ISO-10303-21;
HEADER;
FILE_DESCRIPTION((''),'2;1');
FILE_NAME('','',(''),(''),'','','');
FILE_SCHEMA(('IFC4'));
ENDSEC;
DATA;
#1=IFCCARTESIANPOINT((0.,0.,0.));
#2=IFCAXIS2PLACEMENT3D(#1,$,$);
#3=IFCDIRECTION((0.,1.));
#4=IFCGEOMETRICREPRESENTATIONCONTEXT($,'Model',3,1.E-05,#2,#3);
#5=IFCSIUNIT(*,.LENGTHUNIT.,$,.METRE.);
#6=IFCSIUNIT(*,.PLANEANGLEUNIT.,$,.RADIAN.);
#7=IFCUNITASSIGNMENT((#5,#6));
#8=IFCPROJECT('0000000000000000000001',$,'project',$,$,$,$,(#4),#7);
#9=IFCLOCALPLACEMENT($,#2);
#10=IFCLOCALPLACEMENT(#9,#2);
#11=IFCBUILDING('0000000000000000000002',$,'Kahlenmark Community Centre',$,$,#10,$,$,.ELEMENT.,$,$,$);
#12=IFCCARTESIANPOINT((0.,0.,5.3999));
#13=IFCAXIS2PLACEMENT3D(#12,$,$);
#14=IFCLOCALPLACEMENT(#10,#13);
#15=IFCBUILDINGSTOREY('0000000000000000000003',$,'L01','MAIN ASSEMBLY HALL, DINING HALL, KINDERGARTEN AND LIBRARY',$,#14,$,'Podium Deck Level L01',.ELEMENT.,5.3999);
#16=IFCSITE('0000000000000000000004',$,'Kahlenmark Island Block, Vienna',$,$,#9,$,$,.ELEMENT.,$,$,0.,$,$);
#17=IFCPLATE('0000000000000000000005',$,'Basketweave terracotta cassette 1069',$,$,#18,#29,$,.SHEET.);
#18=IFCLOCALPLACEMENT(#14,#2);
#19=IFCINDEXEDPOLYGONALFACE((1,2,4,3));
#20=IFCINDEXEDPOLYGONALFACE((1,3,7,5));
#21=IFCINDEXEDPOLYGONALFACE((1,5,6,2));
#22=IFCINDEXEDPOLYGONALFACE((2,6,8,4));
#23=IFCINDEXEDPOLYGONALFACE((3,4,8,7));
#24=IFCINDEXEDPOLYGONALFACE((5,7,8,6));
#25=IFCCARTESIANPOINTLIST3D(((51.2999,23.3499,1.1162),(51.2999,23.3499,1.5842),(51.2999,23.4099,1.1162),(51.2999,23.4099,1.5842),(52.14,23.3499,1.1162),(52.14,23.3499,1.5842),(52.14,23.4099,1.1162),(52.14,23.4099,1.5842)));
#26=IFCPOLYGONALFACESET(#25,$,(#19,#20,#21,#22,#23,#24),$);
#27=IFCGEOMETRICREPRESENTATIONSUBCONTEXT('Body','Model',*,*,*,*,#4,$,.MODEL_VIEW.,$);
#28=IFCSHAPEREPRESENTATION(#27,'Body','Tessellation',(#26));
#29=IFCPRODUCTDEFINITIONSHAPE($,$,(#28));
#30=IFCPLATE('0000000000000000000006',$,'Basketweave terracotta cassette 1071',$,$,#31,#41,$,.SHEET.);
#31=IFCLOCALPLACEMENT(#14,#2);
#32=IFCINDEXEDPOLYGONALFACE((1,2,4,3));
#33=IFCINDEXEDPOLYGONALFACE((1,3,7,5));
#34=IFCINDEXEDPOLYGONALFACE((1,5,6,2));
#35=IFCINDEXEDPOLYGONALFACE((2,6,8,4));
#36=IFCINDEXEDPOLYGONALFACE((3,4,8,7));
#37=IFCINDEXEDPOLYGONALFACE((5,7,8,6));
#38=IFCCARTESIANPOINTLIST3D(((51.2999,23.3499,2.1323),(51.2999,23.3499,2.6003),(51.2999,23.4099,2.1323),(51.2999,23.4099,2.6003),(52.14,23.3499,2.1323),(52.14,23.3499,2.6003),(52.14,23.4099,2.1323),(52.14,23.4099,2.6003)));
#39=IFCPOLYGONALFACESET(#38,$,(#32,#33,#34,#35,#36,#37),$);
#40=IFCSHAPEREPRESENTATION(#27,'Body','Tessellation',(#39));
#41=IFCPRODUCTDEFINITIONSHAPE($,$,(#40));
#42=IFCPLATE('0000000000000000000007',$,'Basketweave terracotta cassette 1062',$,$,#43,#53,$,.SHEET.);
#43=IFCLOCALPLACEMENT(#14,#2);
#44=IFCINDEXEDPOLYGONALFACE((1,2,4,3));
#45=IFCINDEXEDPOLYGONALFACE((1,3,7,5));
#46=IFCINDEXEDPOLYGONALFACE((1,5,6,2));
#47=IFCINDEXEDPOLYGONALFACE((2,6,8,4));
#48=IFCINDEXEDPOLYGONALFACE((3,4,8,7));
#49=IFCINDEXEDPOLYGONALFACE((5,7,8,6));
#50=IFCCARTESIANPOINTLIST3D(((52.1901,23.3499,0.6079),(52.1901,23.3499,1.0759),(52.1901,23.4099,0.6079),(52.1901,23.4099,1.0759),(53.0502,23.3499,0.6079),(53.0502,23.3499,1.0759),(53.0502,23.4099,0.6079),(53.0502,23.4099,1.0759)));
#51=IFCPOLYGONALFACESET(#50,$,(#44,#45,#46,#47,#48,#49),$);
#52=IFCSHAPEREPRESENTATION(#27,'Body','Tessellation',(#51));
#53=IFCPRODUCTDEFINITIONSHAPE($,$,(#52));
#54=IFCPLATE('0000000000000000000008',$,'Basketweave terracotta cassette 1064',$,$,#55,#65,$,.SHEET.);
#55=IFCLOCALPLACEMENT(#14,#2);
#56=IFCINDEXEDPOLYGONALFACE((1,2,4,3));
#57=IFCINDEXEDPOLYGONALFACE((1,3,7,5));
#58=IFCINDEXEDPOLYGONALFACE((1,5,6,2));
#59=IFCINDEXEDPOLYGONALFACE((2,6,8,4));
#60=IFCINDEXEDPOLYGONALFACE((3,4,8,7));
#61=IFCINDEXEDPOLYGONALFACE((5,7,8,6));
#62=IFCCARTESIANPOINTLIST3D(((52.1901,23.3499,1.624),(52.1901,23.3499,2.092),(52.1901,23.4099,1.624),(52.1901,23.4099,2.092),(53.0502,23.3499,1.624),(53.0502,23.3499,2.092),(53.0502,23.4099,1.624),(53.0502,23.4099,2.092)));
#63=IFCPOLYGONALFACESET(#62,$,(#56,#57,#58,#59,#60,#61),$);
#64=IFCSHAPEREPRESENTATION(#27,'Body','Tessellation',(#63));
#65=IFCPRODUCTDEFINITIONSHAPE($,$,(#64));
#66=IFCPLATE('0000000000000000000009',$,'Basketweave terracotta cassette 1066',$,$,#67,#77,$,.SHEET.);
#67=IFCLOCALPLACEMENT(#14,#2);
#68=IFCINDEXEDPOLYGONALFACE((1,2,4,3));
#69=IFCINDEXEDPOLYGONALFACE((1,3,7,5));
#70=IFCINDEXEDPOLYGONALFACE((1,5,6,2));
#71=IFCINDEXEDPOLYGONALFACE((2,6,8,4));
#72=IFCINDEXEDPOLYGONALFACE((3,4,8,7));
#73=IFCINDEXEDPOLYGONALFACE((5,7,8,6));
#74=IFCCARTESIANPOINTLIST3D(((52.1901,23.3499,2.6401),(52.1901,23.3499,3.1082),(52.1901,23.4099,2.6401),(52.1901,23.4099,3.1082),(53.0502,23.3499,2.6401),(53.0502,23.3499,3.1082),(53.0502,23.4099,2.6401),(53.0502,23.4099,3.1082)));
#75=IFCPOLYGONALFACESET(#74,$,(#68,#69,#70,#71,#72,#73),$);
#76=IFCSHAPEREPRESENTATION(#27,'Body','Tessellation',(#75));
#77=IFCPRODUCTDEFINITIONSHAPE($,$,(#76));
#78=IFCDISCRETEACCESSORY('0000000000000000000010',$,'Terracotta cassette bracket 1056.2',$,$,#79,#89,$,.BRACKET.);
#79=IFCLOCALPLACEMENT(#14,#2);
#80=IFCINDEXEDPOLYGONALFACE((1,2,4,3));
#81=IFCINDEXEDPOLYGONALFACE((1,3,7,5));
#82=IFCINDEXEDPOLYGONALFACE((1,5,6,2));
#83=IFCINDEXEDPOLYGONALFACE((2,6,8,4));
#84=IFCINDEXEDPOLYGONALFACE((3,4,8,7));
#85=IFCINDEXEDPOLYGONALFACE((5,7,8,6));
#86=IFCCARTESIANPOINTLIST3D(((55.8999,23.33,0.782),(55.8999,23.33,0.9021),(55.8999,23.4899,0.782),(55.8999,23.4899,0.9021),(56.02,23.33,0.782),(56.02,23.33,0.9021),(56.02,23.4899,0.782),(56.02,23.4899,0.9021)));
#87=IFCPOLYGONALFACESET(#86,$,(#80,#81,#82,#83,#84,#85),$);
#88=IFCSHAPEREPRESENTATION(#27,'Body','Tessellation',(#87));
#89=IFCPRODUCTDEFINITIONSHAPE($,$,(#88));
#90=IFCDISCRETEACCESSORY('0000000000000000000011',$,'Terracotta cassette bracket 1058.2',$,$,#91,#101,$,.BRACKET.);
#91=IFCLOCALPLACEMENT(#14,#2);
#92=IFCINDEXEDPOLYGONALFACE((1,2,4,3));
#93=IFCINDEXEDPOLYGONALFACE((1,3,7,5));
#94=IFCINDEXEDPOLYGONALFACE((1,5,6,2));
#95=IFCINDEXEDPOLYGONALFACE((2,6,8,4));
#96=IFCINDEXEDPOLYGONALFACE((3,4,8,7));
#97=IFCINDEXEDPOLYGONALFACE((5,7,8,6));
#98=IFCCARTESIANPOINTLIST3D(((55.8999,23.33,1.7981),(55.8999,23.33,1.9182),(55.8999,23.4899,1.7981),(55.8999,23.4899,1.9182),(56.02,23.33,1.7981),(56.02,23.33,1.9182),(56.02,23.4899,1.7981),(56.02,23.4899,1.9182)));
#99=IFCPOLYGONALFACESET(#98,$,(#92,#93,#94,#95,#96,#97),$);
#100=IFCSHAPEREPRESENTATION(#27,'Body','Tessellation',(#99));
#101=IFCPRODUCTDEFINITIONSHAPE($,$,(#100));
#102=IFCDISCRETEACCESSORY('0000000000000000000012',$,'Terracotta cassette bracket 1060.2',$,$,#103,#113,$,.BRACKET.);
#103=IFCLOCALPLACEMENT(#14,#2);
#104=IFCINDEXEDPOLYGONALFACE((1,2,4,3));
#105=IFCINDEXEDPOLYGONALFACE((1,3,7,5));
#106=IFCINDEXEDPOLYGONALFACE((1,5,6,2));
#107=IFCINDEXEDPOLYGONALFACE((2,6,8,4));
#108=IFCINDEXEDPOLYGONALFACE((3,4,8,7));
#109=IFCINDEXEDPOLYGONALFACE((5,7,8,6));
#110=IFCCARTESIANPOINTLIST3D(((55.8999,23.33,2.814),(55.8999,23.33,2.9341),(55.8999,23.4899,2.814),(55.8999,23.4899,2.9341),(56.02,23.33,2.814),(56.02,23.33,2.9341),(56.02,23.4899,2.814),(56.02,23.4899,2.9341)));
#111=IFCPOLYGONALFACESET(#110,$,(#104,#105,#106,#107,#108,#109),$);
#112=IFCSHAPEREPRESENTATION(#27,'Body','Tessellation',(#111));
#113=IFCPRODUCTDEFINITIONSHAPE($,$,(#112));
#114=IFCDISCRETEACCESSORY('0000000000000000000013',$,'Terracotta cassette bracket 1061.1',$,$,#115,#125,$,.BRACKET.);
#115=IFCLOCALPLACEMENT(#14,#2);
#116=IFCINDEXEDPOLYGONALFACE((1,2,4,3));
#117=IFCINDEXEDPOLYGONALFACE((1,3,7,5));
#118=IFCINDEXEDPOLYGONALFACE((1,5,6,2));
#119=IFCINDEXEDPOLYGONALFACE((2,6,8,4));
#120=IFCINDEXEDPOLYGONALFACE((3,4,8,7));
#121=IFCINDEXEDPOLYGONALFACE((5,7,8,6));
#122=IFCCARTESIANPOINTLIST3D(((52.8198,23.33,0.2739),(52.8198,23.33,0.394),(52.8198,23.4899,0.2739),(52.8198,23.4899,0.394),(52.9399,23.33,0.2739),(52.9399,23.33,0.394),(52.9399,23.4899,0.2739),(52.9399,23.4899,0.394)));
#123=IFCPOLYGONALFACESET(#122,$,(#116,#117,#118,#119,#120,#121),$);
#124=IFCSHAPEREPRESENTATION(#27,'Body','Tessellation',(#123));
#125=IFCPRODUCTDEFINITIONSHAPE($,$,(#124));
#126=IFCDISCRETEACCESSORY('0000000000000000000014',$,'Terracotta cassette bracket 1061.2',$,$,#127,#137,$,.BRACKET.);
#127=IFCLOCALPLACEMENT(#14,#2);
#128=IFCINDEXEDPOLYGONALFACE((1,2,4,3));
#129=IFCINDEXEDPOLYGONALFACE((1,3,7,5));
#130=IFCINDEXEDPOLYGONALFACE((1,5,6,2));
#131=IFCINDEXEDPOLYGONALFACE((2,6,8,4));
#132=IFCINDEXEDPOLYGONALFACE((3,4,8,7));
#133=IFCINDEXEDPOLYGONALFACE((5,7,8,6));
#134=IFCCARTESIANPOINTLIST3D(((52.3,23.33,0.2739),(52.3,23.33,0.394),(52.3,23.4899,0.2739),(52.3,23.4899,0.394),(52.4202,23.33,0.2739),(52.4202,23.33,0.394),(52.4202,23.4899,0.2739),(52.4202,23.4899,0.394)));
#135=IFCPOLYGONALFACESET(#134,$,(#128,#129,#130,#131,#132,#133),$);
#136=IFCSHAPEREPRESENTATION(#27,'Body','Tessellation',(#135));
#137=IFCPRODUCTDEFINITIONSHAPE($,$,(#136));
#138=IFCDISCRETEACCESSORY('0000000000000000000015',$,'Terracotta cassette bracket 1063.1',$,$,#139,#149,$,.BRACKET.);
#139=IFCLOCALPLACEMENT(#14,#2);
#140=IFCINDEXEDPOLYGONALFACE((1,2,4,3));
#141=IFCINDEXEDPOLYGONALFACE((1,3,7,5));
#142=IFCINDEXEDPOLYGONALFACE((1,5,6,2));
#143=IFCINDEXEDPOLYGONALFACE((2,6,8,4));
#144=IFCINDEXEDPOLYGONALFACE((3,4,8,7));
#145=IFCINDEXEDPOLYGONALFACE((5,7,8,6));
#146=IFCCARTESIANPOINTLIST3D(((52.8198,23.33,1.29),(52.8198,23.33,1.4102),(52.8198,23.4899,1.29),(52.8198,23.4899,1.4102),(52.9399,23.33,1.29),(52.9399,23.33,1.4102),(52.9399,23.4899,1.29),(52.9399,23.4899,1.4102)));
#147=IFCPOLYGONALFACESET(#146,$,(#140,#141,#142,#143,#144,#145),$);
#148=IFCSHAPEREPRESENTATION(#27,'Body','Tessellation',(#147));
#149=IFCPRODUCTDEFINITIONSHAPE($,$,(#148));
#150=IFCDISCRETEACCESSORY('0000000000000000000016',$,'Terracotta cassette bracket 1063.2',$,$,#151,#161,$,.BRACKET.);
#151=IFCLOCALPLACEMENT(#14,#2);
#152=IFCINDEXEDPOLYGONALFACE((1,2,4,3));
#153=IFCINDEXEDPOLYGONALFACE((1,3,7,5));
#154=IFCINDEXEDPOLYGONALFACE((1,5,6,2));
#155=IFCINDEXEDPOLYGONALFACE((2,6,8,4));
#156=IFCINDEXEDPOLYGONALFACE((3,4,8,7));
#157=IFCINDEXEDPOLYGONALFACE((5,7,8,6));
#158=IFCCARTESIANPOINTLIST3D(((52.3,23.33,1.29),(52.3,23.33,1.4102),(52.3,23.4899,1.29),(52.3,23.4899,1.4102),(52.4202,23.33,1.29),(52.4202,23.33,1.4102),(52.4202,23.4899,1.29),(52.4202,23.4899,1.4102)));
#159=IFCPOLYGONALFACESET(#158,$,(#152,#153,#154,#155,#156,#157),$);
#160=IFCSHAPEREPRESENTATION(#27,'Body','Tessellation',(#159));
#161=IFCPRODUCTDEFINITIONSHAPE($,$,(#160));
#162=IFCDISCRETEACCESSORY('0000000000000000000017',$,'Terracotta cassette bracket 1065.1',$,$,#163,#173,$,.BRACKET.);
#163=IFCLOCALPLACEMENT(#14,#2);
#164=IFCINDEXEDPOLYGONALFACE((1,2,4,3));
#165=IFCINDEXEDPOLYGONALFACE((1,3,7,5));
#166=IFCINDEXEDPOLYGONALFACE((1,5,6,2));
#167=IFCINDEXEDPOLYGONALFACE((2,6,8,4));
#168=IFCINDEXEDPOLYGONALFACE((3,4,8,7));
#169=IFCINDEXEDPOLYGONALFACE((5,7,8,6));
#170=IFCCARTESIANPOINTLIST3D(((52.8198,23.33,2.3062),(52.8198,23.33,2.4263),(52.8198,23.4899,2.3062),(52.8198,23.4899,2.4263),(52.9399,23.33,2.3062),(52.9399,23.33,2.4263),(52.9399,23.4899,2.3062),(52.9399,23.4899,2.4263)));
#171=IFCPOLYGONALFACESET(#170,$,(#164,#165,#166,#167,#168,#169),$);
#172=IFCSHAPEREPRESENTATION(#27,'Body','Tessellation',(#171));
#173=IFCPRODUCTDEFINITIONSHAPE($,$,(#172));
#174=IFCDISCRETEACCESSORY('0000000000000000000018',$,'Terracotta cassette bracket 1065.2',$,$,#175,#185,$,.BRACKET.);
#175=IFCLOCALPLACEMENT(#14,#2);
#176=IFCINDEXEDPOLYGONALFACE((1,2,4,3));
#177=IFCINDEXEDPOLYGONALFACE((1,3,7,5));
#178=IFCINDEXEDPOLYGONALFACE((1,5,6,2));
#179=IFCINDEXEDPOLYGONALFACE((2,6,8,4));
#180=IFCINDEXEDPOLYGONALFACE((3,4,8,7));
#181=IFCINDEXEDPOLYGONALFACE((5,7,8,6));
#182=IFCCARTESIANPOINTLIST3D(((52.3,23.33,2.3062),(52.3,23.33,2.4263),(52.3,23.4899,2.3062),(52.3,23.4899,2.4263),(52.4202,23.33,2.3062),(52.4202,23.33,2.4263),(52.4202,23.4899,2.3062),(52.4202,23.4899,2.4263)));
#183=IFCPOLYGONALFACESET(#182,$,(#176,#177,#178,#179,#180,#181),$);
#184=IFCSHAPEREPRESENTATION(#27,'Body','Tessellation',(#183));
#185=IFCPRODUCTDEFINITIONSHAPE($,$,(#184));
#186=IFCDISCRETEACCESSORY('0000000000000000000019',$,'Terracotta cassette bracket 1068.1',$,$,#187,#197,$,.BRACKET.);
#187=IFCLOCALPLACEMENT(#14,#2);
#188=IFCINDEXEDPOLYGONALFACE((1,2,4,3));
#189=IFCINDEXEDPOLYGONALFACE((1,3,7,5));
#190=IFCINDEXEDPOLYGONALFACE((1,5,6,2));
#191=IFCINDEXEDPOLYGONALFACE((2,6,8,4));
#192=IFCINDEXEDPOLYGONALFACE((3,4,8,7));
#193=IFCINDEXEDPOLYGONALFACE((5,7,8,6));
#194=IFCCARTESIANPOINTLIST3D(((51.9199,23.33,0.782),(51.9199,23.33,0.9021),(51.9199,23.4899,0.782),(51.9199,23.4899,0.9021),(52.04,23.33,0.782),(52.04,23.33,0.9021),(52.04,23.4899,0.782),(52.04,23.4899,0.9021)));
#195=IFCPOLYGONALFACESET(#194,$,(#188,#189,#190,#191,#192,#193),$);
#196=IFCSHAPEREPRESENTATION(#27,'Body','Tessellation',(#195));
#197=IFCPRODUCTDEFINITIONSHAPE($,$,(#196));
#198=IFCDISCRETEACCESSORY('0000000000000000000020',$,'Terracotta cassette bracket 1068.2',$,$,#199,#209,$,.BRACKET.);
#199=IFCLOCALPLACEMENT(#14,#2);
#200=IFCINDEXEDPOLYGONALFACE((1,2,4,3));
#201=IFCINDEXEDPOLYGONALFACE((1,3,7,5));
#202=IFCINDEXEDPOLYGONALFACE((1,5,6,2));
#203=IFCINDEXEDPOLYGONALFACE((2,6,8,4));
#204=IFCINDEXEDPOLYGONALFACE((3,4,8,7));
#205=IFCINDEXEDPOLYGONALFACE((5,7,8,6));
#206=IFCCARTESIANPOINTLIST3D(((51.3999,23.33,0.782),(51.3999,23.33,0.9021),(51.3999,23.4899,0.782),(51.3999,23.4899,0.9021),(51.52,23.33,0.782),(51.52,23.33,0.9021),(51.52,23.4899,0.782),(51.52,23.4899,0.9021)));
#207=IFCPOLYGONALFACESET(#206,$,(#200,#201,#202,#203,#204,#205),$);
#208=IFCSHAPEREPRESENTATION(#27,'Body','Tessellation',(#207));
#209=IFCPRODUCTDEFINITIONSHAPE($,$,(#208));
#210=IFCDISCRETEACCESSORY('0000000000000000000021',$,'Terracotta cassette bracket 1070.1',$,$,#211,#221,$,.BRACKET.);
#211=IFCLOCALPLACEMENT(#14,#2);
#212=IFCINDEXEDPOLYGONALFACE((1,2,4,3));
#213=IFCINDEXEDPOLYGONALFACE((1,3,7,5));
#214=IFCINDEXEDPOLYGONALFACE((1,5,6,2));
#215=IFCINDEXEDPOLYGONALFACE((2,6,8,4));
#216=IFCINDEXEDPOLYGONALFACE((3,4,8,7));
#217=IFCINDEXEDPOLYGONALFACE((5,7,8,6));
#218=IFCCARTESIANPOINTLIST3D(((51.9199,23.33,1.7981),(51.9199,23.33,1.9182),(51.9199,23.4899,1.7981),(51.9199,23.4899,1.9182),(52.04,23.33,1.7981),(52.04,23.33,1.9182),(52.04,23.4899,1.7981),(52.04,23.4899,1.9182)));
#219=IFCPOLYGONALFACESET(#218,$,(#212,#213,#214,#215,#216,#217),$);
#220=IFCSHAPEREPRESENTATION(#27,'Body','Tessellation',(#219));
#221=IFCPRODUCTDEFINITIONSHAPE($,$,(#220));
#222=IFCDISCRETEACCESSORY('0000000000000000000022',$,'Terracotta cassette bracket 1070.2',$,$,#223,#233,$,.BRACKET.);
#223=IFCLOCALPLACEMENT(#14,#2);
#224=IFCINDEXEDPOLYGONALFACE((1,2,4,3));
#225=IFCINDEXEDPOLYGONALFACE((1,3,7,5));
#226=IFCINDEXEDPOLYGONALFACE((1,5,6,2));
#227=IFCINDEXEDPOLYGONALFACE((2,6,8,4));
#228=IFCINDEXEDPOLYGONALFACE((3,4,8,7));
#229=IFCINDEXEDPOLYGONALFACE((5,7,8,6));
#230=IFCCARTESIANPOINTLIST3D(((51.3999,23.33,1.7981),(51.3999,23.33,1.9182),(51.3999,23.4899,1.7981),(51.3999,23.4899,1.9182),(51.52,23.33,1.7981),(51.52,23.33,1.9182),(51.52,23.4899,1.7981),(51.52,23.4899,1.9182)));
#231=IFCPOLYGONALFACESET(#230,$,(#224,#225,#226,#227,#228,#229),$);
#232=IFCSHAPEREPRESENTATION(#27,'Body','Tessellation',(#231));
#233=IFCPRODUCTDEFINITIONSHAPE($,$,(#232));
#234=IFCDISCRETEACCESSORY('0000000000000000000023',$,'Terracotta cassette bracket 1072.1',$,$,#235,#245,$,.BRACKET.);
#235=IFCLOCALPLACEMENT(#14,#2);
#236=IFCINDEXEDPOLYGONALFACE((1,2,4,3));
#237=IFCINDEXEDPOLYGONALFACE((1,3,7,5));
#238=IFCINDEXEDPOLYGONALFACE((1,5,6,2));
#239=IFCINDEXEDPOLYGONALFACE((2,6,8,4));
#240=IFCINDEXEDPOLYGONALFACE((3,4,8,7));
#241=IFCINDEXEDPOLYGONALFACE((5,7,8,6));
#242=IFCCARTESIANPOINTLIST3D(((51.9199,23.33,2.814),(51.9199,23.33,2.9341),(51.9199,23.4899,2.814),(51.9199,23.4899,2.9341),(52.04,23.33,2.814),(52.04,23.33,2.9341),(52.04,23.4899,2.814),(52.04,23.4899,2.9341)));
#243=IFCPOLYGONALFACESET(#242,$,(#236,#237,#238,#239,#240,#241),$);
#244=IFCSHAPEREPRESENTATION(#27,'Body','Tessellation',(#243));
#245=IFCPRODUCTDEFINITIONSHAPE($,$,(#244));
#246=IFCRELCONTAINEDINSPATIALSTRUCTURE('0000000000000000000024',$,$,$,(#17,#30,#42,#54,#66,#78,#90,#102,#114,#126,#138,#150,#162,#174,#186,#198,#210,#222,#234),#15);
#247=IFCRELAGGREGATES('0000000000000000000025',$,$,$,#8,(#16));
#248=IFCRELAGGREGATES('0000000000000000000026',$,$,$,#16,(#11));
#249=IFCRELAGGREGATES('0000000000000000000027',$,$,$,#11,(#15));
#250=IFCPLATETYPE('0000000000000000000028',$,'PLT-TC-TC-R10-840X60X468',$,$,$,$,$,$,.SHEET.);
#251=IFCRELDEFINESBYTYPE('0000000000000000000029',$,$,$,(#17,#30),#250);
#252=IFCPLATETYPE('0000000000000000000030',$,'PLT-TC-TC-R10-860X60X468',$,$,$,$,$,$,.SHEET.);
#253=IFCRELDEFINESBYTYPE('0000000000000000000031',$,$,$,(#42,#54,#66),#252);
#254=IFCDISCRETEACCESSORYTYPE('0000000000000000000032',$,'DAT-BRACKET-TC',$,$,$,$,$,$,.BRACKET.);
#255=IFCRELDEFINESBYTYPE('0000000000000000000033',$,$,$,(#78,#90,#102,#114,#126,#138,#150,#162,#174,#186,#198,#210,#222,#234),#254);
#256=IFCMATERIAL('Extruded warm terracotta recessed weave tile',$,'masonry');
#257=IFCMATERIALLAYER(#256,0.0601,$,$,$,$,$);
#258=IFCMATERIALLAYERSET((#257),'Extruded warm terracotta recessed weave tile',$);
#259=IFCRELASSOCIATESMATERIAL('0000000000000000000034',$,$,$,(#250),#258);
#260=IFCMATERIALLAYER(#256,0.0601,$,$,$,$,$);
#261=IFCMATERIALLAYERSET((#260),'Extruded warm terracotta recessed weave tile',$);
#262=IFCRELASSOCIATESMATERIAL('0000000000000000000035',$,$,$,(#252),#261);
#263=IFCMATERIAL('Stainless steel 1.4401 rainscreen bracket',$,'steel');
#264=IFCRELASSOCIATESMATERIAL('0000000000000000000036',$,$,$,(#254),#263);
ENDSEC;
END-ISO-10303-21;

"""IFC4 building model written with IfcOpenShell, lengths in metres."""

from ifc_helpers import new_model, si_unit, direction, frame, origin, origin_2d, place, context, subcontext, project, spatial, rectangle, extrude, material, layer, layer_set, type_object, element, save


model = new_model("IFC4")

# Units and contexts
model_context = context("Model", 3, precision=1e-05, world=origin(), true_north=direction((0.0, 1.0)))
body_context = subcontext(model_context, "Body", "Model", "MODEL_VIEW")
ifc_project = project(units=[si_unit("LENGTHUNIT", "METRE"), si_unit("PLANEANGLEUNIT", "RADIAN")], contexts=[model_context])

# Site, building, storey
site_placement = place(None, origin())
site = spatial("IfcSite", under=ifc_project, at=site_placement, Name="Kahlenmark Island Block, Vienna", CompositionType="ELEMENT", RefElevation=0.0)
building_placement = place(site_placement, origin())
building = spatial("IfcBuilding", under=site, at=building_placement, Name="Kahlenmark Community Centre", CompositionType="ELEMENT")
storey_placement = place(building_placement, frame((0.0, 0.0, 5.3999)))
storey = spatial("IfcBuildingStorey", under=building, at=storey_placement, Name="L01", Description="MAIN ASSEMBLY HALL, DINING HALL, KINDERGARTEN AND LIBRARY", LongName="Podium Deck Level L01", CompositionType="ELEMENT", Elevation=5.3999)

# Plates
ifc_material_1 = material(Name="Extruded warm terracotta recessed weave tile", Category="masonry")
ifc_layer_1 = layer(ifc_material_1, 0.0601)
ifc_layer_set_1 = layer_set([ifc_layer_1], Name="Extruded warm terracotta recessed weave tile")
plate_type_1 = type_object("IfcPlateType", Name="PLT-TC-TC-R10-840X60X468", PredefinedType="SHEET", material=ifc_layer_set_1)
for number, where, z_axis, x_axis, name in (
    (1, (51.72, 23.3799, 1.1162), (0.0, 0.0, 1.0), (-1.0, 0.0, 0.0), "Basketweave terracotta cassette 1069"),
    (2, (51.72, 23.3799, 2.1323), (0.0, 0.0, 1.0), (-1.0, 0.0, 0.0), "Basketweave terracotta cassette 1071"),
):
    element("IfcPlate", number, at=place(storey_placement, frame(where, z_axis=z_axis, x_axis=x_axis)), inside=storey, type_object=plate_type_1, Name=name, PredefinedType="SHEET", context=body_context, shape_type="SweptSolid", body=[
        extrude(rectangle(XDim=0.8401, YDim=0.0601, at=origin_2d()), origin(), (0.0, 0.0, 1.0), 0.468),
    ])
ifc_layer_2 = layer(ifc_material_1, 0.0601)
ifc_layer_set_2 = layer_set([ifc_layer_2], Name="Extruded warm terracotta recessed weave tile")
plate_type_2 = type_object("IfcPlateType", Name="PLT-TC-TC-R10-860X60X468", PredefinedType="SHEET", material=ifc_layer_set_2)
for number, where, z_axis, x_axis, name in (
    (3, (52.6201, 23.3799, 0.6079), (0.0, 0.0, 1.0), (-1.0, 0.0, 0.0), "Basketweave terracotta cassette 1062"),
    (4, (52.6201, 23.3799, 1.624), (0.0, 0.0, 1.0), (-1.0, 0.0, 0.0), "Basketweave terracotta cassette 1064"),
    (5, (52.6201, 23.3799, 2.6401), (0.0, 0.0, 1.0), (-1.0, 0.0, 0.0), "Basketweave terracotta cassette 1066"),
):
    element("IfcPlate", number, at=place(storey_placement, frame(where, z_axis=z_axis, x_axis=x_axis)), inside=storey, type_object=plate_type_2, Name=name, PredefinedType="SHEET", context=body_context, shape_type="SweptSolid", body=[
        extrude(rectangle(XDim=0.8601, YDim=0.0601, at=origin_2d()), origin(), (0.0, 0.0, 1.0), 0.468),
    ])

# Discrete accessories
ifc_material_2 = material(Name="Stainless steel 1.4401 rainscreen bracket", Category="steel")
discrete_accessory_type = type_object("IfcDiscreteAccessoryType", Name="DAT-BRACKET-TC", PredefinedType="BRACKET", material=ifc_material_2)
for number, where, z_axis, x_axis, name in (
    (6, (55.96, 23.4099, 0.782), (0.0, 0.0, 1.0), (-1.0, 0.0, 0.0), "Terracotta cassette bracket 1056.2"),
    (7, (55.96, 23.4099, 1.7981), (0.0, 0.0, 1.0), (-1.0, 0.0, 0.0), "Terracotta cassette bracket 1058.2"),
    (8, (55.96, 23.4099, 2.814), (0.0, 0.0, 1.0), (-1.0, 0.0, 0.0), "Terracotta cassette bracket 1060.2"),
    (9, (52.8799, 23.4099, 0.2739), (0.0, 0.0, 1.0), (-1.0, 0.0, 0.0), "Terracotta cassette bracket 1061.1"),
    (10, (52.3601, 23.4099, 0.2739), (0.0, 0.0, 1.0), (-1.0, 0.0, 0.0), "Terracotta cassette bracket 1061.2"),
    (11, (52.8799, 23.4099, 1.29), (0.0, 0.0, 1.0), (-1.0, 0.0, 0.0), "Terracotta cassette bracket 1063.1"),
    (12, (52.3601, 23.4099, 1.29), (0.0, 0.0, 1.0), (-1.0, 0.0, 0.0), "Terracotta cassette bracket 1063.2"),
    (13, (52.8799, 23.4099, 2.3062), (0.0, 0.0, 1.0), (-1.0, 0.0, 0.0), "Terracotta cassette bracket 1065.1"),
    (14, (52.3601, 23.4099, 2.3062), (0.0, 0.0, 1.0), (-1.0, 0.0, 0.0), "Terracotta cassette bracket 1065.2"),
    (15, (51.98, 23.4099, 0.782), (0.0, 0.0, 1.0), (-1.0, 0.0, 0.0), "Terracotta cassette bracket 1068.1"),
    (16, (51.46, 23.4099, 0.782), (0.0, 0.0, 1.0), (-1.0, 0.0, 0.0), "Terracotta cassette bracket 1068.2"),
    (17, (51.98, 23.4099, 1.7981), (0.0, 0.0, 1.0), (-1.0, 0.0, 0.0), "Terracotta cassette bracket 1070.1"),
    (18, (51.46, 23.4099, 1.7981), (0.0, 0.0, 1.0), (-1.0, 0.0, 0.0), "Terracotta cassette bracket 1070.2"),
    (19, (51.98, 23.4099, 2.814), (0.0, 0.0, 1.0), (-1.0, 0.0, 0.0), "Terracotta cassette bracket 1072.1"),
):
    element("IfcDiscreteAccessory", number, at=place(storey_placement, frame(where, z_axis=z_axis, x_axis=x_axis)), inside=storey, type_object=discrete_accessory_type, Name=name, PredefinedType="BRACKET", context=body_context, shape_type="SweptSolid", body=[
        extrude(rectangle(XDim=0.1201, YDim=0.1599, at=origin_2d()), origin(), (0.0, 0.0, 1.0), 0.1201),
    ])

save(model, "model.ifc")
